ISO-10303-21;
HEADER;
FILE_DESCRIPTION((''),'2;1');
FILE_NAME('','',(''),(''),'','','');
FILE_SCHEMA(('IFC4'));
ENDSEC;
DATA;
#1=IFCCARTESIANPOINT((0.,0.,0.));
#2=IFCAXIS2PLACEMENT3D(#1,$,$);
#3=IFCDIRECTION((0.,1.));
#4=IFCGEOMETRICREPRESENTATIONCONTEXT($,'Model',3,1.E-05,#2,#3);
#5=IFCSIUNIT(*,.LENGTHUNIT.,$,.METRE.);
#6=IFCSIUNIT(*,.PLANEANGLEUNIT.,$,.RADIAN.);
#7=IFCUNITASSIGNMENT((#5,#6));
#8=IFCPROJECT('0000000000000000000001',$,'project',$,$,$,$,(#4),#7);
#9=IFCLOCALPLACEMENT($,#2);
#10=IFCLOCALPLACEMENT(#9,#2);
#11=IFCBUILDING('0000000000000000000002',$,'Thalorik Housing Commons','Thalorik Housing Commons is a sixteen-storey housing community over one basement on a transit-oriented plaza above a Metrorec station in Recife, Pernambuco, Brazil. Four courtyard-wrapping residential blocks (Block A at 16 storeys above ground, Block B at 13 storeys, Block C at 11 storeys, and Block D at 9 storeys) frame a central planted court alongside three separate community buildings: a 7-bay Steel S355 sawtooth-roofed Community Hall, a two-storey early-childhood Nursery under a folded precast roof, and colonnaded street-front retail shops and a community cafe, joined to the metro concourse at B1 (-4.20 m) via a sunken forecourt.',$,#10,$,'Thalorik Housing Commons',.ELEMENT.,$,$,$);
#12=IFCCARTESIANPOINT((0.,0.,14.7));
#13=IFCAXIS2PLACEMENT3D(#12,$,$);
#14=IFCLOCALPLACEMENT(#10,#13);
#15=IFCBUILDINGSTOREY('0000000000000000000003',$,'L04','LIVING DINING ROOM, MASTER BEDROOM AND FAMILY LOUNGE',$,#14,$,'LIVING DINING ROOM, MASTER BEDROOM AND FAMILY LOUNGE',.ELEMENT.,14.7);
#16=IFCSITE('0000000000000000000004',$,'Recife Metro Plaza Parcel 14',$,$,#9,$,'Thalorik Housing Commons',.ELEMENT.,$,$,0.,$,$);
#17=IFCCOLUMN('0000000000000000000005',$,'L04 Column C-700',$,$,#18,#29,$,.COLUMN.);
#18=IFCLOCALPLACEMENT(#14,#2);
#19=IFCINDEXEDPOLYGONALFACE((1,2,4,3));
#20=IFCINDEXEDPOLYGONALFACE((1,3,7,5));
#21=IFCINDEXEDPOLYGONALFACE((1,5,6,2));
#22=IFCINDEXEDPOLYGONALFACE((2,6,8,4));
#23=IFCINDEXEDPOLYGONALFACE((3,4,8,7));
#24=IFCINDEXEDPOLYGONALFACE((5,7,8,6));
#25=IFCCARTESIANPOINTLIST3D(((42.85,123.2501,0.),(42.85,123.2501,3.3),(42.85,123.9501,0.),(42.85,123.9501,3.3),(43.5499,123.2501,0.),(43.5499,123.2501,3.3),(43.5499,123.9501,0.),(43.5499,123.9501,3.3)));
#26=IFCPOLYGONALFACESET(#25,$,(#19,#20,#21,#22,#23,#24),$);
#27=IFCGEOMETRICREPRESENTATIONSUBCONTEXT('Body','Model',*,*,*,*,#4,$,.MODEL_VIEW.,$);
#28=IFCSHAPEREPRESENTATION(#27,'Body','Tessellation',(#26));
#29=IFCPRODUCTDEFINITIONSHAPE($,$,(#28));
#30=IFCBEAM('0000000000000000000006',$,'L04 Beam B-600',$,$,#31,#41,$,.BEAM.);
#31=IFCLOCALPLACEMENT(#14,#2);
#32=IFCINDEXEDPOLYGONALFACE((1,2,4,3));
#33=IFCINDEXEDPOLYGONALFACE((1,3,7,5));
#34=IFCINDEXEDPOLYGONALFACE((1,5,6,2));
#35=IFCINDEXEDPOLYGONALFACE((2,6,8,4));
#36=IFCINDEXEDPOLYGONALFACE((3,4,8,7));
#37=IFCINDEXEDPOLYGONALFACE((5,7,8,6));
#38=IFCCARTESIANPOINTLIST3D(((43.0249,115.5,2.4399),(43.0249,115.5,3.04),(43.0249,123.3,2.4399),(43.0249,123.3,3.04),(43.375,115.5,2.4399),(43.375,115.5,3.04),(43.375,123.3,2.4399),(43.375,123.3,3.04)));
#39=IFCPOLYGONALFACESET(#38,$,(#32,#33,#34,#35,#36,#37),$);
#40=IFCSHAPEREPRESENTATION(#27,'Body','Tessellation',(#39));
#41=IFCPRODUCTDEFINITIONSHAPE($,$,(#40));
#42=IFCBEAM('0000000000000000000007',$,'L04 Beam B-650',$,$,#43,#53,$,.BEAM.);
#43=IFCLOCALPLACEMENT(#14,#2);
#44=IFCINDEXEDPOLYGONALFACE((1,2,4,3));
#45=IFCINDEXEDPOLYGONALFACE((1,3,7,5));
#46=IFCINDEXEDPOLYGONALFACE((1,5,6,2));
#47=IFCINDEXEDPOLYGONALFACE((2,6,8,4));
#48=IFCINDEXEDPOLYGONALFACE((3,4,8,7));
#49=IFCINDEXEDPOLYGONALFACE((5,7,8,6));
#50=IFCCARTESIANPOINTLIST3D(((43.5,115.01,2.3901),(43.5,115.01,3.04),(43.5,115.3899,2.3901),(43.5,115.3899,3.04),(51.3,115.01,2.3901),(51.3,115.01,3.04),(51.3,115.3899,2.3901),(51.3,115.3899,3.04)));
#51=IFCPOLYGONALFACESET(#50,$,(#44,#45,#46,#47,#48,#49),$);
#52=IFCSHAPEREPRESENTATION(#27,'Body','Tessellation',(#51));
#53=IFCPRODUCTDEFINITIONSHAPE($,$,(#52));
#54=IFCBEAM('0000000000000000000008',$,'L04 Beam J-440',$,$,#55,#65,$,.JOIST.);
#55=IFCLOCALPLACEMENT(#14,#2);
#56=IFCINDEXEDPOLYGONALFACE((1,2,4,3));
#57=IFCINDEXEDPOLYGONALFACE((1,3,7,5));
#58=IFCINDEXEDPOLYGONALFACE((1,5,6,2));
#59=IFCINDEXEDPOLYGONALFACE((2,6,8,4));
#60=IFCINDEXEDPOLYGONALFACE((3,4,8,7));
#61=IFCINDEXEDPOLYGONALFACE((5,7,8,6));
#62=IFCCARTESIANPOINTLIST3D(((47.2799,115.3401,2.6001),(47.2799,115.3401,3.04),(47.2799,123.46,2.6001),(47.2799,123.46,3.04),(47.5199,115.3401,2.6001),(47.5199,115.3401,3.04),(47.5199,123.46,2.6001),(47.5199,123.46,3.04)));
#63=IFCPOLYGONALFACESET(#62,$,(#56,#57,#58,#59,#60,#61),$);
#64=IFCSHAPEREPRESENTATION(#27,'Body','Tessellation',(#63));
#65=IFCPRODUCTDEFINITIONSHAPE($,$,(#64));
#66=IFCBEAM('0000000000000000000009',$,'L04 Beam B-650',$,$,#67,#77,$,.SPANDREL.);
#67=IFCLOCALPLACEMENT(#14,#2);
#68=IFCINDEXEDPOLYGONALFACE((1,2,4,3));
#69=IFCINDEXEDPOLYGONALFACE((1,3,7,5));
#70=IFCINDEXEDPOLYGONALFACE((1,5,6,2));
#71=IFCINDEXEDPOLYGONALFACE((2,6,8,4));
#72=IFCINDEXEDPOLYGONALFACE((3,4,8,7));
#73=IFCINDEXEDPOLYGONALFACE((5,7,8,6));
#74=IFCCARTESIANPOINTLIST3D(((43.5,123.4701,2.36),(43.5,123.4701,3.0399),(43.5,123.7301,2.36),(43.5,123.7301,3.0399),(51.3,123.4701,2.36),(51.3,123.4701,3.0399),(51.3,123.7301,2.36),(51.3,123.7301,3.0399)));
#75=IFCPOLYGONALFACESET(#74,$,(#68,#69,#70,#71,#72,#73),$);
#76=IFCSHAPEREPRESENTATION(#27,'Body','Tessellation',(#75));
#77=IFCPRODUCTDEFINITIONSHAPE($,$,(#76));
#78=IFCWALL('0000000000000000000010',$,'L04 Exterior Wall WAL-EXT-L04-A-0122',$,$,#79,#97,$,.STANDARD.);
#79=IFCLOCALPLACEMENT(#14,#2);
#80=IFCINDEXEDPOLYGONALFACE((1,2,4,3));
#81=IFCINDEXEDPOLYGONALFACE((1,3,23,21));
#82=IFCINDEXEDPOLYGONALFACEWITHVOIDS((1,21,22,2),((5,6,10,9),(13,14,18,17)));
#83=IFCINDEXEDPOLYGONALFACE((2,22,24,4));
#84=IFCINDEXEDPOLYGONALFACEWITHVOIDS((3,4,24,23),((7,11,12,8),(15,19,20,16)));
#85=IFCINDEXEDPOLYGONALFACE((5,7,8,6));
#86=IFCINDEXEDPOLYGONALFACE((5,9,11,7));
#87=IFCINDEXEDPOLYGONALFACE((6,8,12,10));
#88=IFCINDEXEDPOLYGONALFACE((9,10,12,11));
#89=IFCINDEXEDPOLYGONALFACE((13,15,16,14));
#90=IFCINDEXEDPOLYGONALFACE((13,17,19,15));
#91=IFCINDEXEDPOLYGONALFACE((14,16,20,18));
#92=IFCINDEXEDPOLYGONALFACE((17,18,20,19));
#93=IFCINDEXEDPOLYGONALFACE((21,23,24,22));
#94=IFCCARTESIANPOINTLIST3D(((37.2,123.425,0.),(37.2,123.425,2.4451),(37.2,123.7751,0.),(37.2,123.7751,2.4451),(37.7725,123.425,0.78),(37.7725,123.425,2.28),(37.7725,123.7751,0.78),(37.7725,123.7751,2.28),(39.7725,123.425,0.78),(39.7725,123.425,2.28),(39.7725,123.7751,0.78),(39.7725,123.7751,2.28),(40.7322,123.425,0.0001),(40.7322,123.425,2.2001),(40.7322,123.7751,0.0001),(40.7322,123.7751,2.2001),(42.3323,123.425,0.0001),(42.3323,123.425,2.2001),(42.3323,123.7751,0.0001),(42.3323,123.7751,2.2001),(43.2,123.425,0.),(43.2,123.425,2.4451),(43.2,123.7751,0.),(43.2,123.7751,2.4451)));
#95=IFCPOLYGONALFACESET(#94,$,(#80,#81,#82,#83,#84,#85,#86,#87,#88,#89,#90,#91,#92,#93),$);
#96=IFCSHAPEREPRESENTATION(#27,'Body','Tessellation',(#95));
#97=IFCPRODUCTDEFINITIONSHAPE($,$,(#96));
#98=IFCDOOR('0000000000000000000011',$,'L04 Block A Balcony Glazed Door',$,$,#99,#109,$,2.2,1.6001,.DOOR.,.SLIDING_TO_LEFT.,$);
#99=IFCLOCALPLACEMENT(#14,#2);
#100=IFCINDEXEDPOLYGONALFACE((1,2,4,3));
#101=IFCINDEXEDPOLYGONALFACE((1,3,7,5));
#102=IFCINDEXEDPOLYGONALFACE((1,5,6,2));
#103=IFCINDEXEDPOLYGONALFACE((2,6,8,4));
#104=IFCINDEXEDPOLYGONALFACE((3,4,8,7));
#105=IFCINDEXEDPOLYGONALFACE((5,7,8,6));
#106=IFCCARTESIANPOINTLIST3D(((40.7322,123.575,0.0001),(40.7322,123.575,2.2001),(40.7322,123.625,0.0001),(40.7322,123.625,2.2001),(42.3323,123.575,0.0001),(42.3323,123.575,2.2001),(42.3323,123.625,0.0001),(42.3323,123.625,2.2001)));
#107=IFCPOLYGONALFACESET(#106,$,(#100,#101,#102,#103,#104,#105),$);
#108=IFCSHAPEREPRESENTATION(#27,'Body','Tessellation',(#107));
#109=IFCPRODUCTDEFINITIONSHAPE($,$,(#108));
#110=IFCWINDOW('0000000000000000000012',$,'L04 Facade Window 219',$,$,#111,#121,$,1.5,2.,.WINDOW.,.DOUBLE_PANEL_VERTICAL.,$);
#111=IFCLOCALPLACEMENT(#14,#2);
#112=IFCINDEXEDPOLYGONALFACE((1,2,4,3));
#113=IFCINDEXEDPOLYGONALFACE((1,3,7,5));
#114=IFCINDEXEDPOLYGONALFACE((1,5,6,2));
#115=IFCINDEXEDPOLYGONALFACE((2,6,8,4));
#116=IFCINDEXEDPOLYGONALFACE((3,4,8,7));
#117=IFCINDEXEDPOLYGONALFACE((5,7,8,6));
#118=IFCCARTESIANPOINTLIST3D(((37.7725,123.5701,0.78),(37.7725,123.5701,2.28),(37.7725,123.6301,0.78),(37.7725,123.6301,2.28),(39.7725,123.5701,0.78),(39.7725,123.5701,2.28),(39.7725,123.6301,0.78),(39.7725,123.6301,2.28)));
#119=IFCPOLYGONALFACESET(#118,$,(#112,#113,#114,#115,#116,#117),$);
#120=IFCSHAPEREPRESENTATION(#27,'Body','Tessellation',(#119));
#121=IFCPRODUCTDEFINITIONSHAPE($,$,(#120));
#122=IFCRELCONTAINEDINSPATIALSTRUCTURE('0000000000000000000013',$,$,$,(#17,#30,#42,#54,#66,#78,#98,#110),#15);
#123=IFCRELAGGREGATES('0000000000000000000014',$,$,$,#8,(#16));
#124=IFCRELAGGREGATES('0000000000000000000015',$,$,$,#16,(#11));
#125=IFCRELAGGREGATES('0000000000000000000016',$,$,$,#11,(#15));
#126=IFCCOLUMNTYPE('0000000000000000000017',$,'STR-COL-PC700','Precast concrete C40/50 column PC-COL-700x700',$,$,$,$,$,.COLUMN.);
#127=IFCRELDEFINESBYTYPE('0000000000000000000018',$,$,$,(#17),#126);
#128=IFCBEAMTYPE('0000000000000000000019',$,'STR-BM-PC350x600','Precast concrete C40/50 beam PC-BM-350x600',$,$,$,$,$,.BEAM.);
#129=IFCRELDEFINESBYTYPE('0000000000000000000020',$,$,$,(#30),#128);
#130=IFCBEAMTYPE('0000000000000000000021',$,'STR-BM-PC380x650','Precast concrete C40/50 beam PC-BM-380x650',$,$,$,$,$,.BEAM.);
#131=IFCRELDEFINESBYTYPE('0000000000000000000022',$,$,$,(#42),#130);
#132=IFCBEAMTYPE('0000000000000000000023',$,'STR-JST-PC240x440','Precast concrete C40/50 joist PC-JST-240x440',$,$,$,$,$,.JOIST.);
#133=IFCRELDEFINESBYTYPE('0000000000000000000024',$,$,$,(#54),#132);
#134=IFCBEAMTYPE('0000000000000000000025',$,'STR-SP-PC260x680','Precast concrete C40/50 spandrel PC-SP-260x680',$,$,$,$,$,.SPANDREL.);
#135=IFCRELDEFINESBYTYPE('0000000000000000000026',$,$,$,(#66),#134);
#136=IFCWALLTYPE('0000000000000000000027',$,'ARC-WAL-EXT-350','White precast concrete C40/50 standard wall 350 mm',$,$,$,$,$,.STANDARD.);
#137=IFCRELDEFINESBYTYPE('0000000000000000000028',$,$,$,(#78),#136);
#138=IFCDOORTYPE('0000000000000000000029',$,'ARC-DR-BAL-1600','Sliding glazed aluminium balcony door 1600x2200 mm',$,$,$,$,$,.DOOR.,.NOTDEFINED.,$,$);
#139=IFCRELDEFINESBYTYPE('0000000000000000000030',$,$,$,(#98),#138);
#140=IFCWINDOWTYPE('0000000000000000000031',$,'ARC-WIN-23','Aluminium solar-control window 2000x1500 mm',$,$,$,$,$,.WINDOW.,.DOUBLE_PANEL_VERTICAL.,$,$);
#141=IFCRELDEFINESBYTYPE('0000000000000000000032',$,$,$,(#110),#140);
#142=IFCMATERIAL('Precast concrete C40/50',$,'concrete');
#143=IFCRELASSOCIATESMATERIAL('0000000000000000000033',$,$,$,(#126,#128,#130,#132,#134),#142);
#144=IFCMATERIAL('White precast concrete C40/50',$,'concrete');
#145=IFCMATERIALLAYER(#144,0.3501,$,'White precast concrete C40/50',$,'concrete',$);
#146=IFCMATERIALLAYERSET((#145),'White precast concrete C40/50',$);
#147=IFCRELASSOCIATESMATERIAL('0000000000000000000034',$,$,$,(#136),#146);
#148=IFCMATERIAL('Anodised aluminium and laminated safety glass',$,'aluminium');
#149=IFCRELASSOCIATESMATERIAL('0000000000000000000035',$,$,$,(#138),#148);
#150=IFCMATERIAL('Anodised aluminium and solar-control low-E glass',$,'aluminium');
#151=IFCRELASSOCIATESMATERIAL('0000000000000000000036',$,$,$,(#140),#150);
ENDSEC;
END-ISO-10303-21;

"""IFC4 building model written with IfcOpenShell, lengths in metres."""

from ifc_helpers import new_model, si_unit, direction, frame, frame_2d, origin, origin_2d, place, context, subcontext, project, spatial, rectangle, extrude, material, layer, layer_set, material_profile, profile_set, type_object, element, fill, save


model = new_model("IFC4")

# Units and contexts
model_context = context("Model", 3, precision=1e-05, world=origin(), true_north=direction((0.0, 1.0)))
body_context = subcontext(model_context, "Body", "Model", "MODEL_VIEW")
ifc_project = project(units=[si_unit("LENGTHUNIT", "METRE"), si_unit("PLANEANGLEUNIT", "RADIAN")], contexts=[model_context])

# Site, building, storey
site_placement = place(None, origin())
site = spatial("IfcSite", under=ifc_project, at=site_placement, Name="Recife Metro Plaza Parcel 14", LongName="Thalorik Housing Commons", CompositionType="ELEMENT", RefElevation=0.0)
building_placement = place(site_placement, origin())
building = spatial("IfcBuilding", under=site, at=building_placement, Name="Thalorik Housing Commons", Description="Thalorik Housing Commons is a sixteen-storey housing community over one basement on a transit-oriented plaza above a Metrorec station in Recife, Pernambuco, Brazil. Four courtyard-wrapping residential blocks (Block A at 16 storeys above ground, Block B at 13 storeys, Block C at 11 storeys, and Block D at 9 storeys) frame a central planted court alongside three separate community buildings: a 7-bay Steel S355 sawtooth-roofed Community Hall, a two-storey early-childhood Nursery under a folded precast roof, and colonnaded street-front retail shops and a community cafe, joined to the metro concourse at B1 (-4.20 m) via a sunken forecourt.", LongName="Thalorik Housing Commons", CompositionType="ELEMENT")
storey_placement = place(building_placement, frame((0.0, 0.0, 14.7)))
storey = spatial("IfcBuildingStorey", under=building, at=storey_placement, Name="L04", Description="LIVING DINING ROOM, MASTER BEDROOM AND FAMILY LOUNGE", LongName="LIVING DINING ROOM, MASTER BEDROOM AND FAMILY LOUNGE", CompositionType="ELEMENT", Elevation=14.7)

# Column
ifc_material_1 = material(Name="Precast concrete C40/50", Category="concrete")
ifc_material_profile_1 = material_profile(ifc_material_1, rectangle(XDim=0.7, YDim=0.7, at=origin_2d()), Name="PC 700x700", Category="concrete")
ifc_profile_set_1 = profile_set([ifc_material_profile_1], Name="Precast concrete C40/50")
column_type = type_object("IfcColumnType", Name="STR-COL-PC700", Description="Precast concrete C40/50 column PC-COL-700x700", PredefinedType="COLUMN", material=ifc_profile_set_1)
column_placement = place(storey_placement, frame((43.2, 123.6001, 0.0), z_axis=(0.0, 0.0, 1.0), x_axis=(1.0, 0.0, 0.0)))
element("IfcColumn", 1, at=column_placement, inside=storey, type_object=column_type, Name="L04 Column C-700", PredefinedType="COLUMN", context=body_context, shape_type="SweptSolid", body=[
    extrude(rectangle(XDim=0.7, YDim=0.7, at=origin_2d()), origin(), (0.0, 0.0, 1.0), 3.3),
])

# Beams
ifc_material_profile_2 = material_profile(ifc_material_1, rectangle(XDim=0.3501, YDim=0.6001, at=origin_2d()), Name="PC 350x600", Category="concrete")
ifc_profile_set_2 = profile_set([ifc_material_profile_2], Name="Precast concrete C40/50")
beam_type_1 = type_object("IfcBeamType", Name="STR-BM-PC350x600", Description="Precast concrete C40/50 beam PC-BM-350x600", PredefinedType="BEAM", material=ifc_profile_set_2)
beam_1_placement = place(storey_placement, frame((43.2, 115.5, 2.74), z_axis=(0.0, 1.0, 0.0), x_axis=(-1.0, 0.0, 0.0)))
element("IfcBeam", 2, at=beam_1_placement, inside=storey, type_object=beam_type_1, Name="L04 Beam B-600", PredefinedType="BEAM", context=body_context, shape_type="SweptSolid", body=[
    extrude(rectangle(XDim=0.3501, YDim=0.6001, at=origin_2d()), origin(), (0.0, 0.0, 1.0), 7.8),
])
ifc_material_profile_3 = material_profile(ifc_material_1, rectangle(XDim=0.3799, YDim=0.6499, at=origin_2d()), Name="PC 380x650", Category="concrete")
ifc_profile_set_3 = profile_set([ifc_material_profile_3], Name="Precast concrete C40/50")
beam_type_2 = type_object("IfcBeamType", Name="STR-BM-PC380x650", Description="Precast concrete C40/50 beam PC-BM-380x650", PredefinedType="BEAM", material=ifc_profile_set_3)
beam_2_placement = place(storey_placement, frame((43.5, 115.2, 2.7151), z_axis=(1.0, 0.0, 0.0), x_axis=(0.0, 1.0, 0.0)))
element("IfcBeam", 3, at=beam_2_placement, inside=storey, type_object=beam_type_2, Name="L04 Beam B-650", PredefinedType="BEAM", context=body_context, shape_type="SweptSolid", body=[
    extrude(rectangle(XDim=0.3799, YDim=0.6499, at=origin_2d()), origin(), (0.0, 0.0, 1.0), 7.8),
])
ifc_material_profile_4 = material_profile(ifc_material_1, rectangle(XDim=0.24, YDim=0.4399, at=origin_2d()), Name="PC JST 240x440", Category="concrete")
ifc_profile_set_4 = profile_set([ifc_material_profile_4], Name="Precast concrete C40/50")
beam_type_3 = type_object("IfcBeamType", Name="STR-JST-PC240x440", Description="Precast concrete C40/50 joist PC-JST-240x440", PredefinedType="JOIST", material=ifc_profile_set_4)
beam_3_placement = place(storey_placement, frame((47.3999, 115.3401, 2.8201), z_axis=(0.0, 1.0, 0.0), x_axis=(-1.0, 0.0, 0.0)))
element("IfcBeam", 4, at=beam_3_placement, inside=storey, type_object=beam_type_3, Name="L04 Beam J-440", PredefinedType="JOIST", context=body_context, shape_type="SweptSolid", body=[
    extrude(rectangle(XDim=0.24, YDim=0.4399, at=origin_2d()), origin(), (0.0, 0.0, 1.0), 8.1199),
])
ifc_material_profile_5 = material_profile(ifc_material_1, rectangle(XDim=0.26, YDim=0.6799, at=origin_2d()), Name="PC SP 260x680", Category="concrete")
ifc_profile_set_5 = profile_set([ifc_material_profile_5], Name="Precast concrete C40/50")
beam_type_4 = type_object("IfcBeamType", Name="STR-SP-PC260x680", Description="Precast concrete C40/50 spandrel PC-SP-260x680", PredefinedType="SPANDREL", material=ifc_profile_set_5)
beam_4_placement = place(storey_placement, frame((43.5, 123.6001, 2.7), z_axis=(1.0, 0.0, 0.0), x_axis=(0.0, 1.0, 0.0)))
element("IfcBeam", 5, at=beam_4_placement, inside=storey, type_object=beam_type_4, Name="L04 Beam B-650", PredefinedType="SPANDREL", context=body_context, shape_type="SweptSolid", body=[
    extrude(rectangle(XDim=0.26, YDim=0.6799, at=origin_2d()), origin(), (0.0, 0.0, 1.0), 7.8),
])

# Wall, openings, door, window
ifc_material_2 = material(Name="White precast concrete C40/50", Category="concrete")
ifc_layer_1 = layer(ifc_material_2, 0.3501, Name="White precast concrete C40/50", Category="concrete")
ifc_layer_set_1 = layer_set([ifc_layer_1], Name="White precast concrete C40/50")
wall_type_1 = type_object("IfcWallType", Name="ARC-WAL-EXT-350", Description="White precast concrete C40/50 standard wall 350 mm", PredefinedType="STANDARD", material=ifc_layer_set_1)
wall_1_placement = place(storey_placement, frame((43.2, 123.6001, 0.0), z_axis=(0.0, 0.0, 1.0), x_axis=(-1.0, 0.0, 0.0)))
wall_1 = element("IfcWall", 6, at=wall_1_placement, inside=storey, type_object=wall_type_1, Name="L04 Exterior Wall WAL-EXT-L04-A-0122", PredefinedType="STANDARD", context=body_context, shape_type="SweptSolid", body=[
    extrude(rectangle(XDim=6.0, YDim=0.3501, at=frame_2d((3.0, 0.0))), origin(), (0.0, 0.0, 1.0), 2.4451),
])
opening_1_placement = place(wall_1_placement, frame((0.8677, 0.0, 0.0)))
opening_1 = element("IfcOpeningElement", 7, at=opening_1_placement, cuts=wall_1, PredefinedType="OPENING", context=body_context, shape_type="SweptSolid", body=[
    extrude(rectangle(XDim=1.6001, YDim=2.2, at=frame_2d((0.8, 1.1001))), frame((0.0, 0.1851, 0.0), z_axis=(0.0, -1.0, 0.0), x_axis=(1.0, 0.0, 0.0)), (0.0, 0.0, 1.0), 0.3701),
])
opening_2_placement = place(wall_1_placement, frame((3.4275, 0.0, 0.78)))
opening_2 = element("IfcOpeningElement", 8, at=opening_2_placement, cuts=wall_1, PredefinedType="OPENING", context=body_context, shape_type="SweptSolid", body=[
    extrude(rectangle(XDim=2.0, YDim=1.5, at=frame_2d((1.0, 0.75))), frame((0.0, 0.1851, 0.0), z_axis=(0.0, -1.0, 0.0), x_axis=(1.0, 0.0, 0.0)), (0.0, 0.0, 1.0), 0.3701),
])
ifc_material_3 = material(Name="Anodised aluminium and laminated safety glass", Category="aluminium")
door_type_1 = type_object("IfcDoorType", Name="ARC-DR-BAL-1600", Description="Sliding glazed aluminium balcony door 1600x2200 mm", OperationType="NOTDEFINED", PredefinedType="DOOR", material=ifc_material_3)
door_1_placement = place(opening_1_placement, frame((1.6001, 0.0, 0.0), z_axis=(0.0, 0.0, 1.0), x_axis=(-1.0, 0.0, 0.0)))
door_1 = element("IfcDoor", 9, at=door_1_placement, inside=storey, type_object=door_type_1, Name="L04 Block A Balcony Glazed Door", OperationType="SLIDING_TO_LEFT", OverallHeight=2.2, OverallWidth=1.6001, PredefinedType="DOOR", context=body_context, shape_type="SweptSolid", body=[
    extrude(rectangle(XDim=1.6001, YDim=2.2, at=frame_2d((0.8, 1.1001))), frame((0.0, 0.0249, 0.0), z_axis=(0.0, -1.0, 0.0), x_axis=(1.0, 0.0, 0.0)), (0.0, 0.0, 1.0), 0.05),
])
fill(opening_1, door_1)
ifc_material_4 = material(Name="Anodised aluminium and solar-control low-E glass", Category="aluminium")
window_type = type_object("IfcWindowType", Name="ARC-WIN-23", Description="Aluminium solar-control window 2000x1500 mm", PartitioningType="DOUBLE_PANEL_VERTICAL", PredefinedType="WINDOW", material=ifc_material_4)
window_placement = place(opening_2_placement, origin())
window = element("IfcWindow", 10, at=window_placement, inside=storey, type_object=window_type, Name="L04 Facade Window 219", OverallHeight=1.5, OverallWidth=2.0, PartitioningType="DOUBLE_PANEL_VERTICAL", PredefinedType="WINDOW", context=body_context, shape_type="SweptSolid", body=[
    extrude(rectangle(XDim=2.0, YDim=1.5, at=frame_2d((1.0, 0.75))), frame((0.0, 0.03, 0.0), z_axis=(0.0, -1.0, 0.0), x_axis=(1.0, 0.0, 0.0)), (0.0, 0.0, 1.0), 0.0601),
])
fill(opening_2, window)

save(model, "model.ifc")
